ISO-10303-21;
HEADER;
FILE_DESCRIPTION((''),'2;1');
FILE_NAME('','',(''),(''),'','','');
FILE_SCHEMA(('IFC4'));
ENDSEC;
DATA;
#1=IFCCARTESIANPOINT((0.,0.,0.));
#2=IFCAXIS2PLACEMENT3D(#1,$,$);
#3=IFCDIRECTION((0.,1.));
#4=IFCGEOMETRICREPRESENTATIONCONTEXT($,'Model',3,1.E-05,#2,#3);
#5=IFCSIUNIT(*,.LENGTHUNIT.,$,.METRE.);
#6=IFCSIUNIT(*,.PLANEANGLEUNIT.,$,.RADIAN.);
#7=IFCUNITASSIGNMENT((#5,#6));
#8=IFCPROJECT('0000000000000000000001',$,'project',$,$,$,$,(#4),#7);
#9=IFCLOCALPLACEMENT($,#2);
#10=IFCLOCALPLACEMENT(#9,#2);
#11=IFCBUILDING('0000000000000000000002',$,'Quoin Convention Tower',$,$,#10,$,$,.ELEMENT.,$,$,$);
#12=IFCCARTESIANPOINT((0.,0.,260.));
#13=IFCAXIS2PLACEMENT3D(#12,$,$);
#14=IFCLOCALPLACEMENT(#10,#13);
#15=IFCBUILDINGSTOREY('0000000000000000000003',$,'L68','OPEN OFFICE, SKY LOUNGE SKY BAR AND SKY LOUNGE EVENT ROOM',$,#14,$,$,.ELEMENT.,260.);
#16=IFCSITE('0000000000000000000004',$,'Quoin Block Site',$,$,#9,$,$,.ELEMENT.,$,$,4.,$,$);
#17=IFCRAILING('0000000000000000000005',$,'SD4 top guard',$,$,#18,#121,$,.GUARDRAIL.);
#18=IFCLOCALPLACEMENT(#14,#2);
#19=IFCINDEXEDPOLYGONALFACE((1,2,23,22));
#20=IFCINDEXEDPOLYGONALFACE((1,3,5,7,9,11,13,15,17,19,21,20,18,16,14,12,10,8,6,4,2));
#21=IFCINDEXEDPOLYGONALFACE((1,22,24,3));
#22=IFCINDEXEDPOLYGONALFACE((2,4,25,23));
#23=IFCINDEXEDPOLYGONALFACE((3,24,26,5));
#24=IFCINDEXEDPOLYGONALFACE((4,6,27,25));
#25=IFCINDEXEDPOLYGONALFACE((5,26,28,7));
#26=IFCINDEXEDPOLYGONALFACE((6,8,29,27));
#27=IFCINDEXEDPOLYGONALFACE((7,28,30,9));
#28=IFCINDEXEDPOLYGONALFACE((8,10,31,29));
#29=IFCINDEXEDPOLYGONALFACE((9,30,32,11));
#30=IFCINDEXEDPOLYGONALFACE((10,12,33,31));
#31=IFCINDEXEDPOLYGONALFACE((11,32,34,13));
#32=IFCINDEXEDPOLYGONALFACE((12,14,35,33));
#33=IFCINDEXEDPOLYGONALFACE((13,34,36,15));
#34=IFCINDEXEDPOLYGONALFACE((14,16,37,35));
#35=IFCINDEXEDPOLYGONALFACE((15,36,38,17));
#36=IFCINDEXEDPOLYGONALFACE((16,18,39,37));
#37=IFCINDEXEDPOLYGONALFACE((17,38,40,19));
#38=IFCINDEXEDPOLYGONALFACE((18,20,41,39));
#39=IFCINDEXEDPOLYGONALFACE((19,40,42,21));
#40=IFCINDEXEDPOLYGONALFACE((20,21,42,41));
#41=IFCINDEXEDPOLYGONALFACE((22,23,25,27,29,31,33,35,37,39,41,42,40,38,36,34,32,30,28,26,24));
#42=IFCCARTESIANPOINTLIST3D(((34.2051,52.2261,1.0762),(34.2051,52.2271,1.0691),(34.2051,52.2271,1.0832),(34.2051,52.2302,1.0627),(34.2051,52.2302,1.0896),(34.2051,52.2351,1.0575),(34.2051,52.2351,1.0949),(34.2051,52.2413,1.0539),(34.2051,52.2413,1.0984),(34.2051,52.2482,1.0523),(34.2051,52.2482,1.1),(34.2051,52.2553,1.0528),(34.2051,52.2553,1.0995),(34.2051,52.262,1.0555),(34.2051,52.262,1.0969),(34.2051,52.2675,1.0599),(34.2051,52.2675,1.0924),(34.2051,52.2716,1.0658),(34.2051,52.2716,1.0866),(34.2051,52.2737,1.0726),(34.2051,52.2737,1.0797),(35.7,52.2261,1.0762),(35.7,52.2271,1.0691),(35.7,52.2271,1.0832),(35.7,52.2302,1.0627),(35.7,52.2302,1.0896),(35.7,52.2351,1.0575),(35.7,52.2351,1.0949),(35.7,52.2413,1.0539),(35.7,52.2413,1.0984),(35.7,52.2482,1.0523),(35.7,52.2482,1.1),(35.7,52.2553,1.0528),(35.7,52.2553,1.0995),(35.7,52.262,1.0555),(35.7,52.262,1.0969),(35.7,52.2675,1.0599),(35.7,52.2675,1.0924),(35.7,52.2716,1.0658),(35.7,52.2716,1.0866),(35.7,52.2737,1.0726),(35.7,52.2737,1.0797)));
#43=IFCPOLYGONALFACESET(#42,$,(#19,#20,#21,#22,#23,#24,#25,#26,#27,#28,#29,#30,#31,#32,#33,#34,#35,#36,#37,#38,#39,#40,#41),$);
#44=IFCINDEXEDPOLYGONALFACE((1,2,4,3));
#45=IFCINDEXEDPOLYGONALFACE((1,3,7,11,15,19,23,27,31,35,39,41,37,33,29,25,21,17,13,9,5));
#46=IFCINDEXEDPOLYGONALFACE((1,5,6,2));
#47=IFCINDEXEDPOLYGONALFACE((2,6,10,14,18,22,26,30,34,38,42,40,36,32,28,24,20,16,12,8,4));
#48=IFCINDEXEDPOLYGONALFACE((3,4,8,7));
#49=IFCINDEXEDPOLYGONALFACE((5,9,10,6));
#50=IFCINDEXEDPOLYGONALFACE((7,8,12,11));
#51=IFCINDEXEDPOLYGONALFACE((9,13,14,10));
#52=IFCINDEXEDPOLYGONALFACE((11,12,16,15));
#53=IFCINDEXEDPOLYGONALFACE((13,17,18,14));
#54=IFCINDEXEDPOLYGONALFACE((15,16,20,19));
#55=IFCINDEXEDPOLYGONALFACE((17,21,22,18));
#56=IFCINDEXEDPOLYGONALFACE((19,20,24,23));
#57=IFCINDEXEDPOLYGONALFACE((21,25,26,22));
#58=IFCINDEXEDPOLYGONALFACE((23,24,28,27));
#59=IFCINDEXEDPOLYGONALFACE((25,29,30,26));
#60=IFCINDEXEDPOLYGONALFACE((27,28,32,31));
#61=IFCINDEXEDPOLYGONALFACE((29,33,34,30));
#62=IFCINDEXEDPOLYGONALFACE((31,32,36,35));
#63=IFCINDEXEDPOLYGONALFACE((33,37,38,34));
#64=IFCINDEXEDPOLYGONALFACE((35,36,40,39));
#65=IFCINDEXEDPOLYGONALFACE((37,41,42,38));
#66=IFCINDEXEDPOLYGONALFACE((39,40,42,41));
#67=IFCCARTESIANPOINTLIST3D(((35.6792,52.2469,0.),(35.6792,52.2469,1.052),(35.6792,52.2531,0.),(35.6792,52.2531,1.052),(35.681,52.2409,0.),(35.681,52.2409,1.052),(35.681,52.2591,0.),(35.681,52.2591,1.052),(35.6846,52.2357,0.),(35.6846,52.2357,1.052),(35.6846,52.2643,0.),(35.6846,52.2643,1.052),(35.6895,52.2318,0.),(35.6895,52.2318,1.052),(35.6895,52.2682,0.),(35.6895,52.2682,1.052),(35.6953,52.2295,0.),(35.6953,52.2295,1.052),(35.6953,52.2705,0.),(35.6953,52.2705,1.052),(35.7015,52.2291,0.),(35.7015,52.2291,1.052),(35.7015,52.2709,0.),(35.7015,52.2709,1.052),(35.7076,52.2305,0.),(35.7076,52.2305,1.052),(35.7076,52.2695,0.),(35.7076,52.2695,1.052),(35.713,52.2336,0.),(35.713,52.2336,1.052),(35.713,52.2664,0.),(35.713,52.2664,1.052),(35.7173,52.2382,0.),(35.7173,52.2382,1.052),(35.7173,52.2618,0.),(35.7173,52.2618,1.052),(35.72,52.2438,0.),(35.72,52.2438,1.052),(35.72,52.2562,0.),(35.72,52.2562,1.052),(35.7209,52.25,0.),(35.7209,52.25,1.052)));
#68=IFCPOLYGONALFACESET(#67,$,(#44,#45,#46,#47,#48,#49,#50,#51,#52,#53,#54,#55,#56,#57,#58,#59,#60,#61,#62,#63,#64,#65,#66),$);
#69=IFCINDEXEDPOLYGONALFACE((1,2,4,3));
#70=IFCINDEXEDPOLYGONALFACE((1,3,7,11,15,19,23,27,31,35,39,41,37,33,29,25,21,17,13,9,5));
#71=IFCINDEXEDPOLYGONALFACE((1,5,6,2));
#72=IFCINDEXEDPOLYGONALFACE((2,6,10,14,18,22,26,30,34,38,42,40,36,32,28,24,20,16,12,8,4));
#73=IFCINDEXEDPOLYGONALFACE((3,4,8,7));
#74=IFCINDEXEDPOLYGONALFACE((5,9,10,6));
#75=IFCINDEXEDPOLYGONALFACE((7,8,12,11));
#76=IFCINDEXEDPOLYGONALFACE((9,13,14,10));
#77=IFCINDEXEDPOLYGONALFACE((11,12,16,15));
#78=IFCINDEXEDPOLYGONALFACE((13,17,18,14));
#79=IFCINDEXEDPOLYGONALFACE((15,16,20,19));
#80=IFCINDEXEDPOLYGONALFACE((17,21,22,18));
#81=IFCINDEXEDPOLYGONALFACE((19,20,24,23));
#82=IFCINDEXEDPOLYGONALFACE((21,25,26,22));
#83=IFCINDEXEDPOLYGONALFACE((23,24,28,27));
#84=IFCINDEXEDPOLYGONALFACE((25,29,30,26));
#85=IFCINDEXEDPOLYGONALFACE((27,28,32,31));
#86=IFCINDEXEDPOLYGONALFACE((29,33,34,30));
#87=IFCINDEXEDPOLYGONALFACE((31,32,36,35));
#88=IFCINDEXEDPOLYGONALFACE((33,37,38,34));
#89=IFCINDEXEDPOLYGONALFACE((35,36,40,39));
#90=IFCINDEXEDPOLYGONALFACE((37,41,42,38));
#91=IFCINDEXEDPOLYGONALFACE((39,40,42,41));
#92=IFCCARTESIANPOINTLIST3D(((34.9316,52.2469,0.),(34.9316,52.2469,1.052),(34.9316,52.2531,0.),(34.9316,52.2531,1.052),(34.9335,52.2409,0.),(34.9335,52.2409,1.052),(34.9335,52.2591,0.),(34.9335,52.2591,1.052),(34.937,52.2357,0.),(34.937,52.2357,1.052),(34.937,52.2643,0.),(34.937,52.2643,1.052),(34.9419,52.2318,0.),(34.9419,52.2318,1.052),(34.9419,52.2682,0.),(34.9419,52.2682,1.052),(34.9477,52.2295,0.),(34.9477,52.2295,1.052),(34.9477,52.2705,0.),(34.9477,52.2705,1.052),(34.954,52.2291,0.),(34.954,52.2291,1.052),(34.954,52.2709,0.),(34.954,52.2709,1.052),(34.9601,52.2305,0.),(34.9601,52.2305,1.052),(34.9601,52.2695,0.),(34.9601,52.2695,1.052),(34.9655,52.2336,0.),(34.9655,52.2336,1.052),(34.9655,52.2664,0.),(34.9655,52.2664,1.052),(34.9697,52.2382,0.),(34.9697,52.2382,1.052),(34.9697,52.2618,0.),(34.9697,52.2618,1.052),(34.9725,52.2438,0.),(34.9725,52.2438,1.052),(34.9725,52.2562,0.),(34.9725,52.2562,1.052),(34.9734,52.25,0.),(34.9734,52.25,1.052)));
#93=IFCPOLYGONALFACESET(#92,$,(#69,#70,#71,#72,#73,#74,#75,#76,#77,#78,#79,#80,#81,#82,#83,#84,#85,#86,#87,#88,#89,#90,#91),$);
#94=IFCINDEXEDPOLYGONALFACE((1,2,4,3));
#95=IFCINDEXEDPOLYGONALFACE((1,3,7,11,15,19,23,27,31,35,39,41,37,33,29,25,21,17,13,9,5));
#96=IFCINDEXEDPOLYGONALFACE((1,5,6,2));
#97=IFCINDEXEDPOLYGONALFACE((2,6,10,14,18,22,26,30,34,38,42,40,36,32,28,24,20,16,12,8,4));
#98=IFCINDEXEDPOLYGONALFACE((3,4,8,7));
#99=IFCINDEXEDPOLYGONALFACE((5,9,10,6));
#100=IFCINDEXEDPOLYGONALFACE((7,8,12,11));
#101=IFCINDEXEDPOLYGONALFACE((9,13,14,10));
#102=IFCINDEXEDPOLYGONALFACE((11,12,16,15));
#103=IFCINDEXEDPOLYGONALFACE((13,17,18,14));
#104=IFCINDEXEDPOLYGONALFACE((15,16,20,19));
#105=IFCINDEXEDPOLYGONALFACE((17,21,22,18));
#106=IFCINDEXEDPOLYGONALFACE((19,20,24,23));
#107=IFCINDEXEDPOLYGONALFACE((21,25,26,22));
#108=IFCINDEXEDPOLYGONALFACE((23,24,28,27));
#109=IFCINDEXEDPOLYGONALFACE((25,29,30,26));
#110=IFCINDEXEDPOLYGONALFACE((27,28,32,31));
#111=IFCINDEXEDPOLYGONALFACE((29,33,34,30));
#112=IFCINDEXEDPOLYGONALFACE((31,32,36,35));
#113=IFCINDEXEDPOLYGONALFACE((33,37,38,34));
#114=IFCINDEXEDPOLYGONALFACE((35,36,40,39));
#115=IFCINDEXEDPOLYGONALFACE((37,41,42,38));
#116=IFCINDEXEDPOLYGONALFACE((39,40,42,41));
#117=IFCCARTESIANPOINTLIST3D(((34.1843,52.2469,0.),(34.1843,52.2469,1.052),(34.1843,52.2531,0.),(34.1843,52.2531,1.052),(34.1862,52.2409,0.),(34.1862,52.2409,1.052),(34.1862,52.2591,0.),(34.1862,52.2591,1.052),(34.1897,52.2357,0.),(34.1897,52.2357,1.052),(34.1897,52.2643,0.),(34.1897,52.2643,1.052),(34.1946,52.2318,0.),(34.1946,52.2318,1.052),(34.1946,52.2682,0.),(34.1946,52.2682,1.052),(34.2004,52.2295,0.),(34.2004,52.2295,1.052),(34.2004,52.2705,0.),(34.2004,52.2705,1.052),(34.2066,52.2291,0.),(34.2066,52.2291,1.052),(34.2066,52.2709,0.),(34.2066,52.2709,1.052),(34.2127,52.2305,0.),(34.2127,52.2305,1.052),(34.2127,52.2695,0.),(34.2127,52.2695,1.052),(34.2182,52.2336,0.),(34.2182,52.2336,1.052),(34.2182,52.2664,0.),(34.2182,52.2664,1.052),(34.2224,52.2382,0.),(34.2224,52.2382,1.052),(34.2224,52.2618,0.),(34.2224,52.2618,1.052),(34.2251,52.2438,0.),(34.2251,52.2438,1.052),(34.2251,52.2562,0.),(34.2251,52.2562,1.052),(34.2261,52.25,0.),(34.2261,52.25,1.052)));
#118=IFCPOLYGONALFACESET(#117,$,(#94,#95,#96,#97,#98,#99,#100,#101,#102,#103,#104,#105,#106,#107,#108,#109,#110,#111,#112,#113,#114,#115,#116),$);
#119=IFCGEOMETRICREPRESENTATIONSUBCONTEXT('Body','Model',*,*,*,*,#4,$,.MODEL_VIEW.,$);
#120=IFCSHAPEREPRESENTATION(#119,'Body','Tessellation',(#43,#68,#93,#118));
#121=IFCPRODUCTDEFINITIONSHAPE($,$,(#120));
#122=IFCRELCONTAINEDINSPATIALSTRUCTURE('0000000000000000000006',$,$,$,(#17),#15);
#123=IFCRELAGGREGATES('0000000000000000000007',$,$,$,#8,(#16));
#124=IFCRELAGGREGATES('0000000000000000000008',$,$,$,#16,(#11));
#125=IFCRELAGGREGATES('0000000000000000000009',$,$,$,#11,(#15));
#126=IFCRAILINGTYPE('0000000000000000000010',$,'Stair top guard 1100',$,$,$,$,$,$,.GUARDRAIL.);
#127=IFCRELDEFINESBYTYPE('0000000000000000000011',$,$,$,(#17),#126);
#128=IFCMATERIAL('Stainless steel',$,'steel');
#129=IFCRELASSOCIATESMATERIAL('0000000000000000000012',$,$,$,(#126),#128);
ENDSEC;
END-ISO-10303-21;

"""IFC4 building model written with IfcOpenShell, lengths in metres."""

from ifc_helpers import new_model, si_unit, direction, frame, origin, origin_2d, place, context, subcontext, project, spatial, circle, extrude, material, type_object, element, save


model = new_model("IFC4")

# Units and contexts
model_context = context("Model", 3, precision=1e-05, world=origin(), true_north=direction((0.0, 1.0)))
body_context = subcontext(model_context, "Body", "Model", "MODEL_VIEW")
ifc_project = project(units=[si_unit("LENGTHUNIT", "METRE"), si_unit("PLANEANGLEUNIT", "RADIAN")], contexts=[model_context])

# Site, building, storey
site_placement = place(None, origin())
site = spatial("IfcSite", under=ifc_project, at=site_placement, Name="Quoin Block Site", CompositionType="ELEMENT", RefElevation=4.0)
building_placement = place(site_placement, origin())
building = spatial("IfcBuilding", under=site, at=building_placement, Name="Quoin Convention Tower", CompositionType="ELEMENT")
storey_placement = place(building_placement, frame((0.0, 0.0, 260.0)))
storey = spatial("IfcBuildingStorey", under=building, at=storey_placement, Name="L68", Description="OPEN OFFICE, SKY LOUNGE SKY BAR AND SKY LOUNGE EVENT ROOM", CompositionType="ELEMENT", Elevation=260.0)

# Railing
ifc_material_1 = material(Name="Stainless steel", Category="steel")
railing_type = type_object("IfcRailingType", Name="Stair top guard 1100", PredefinedType="GUARDRAIL", material=ifc_material_1)
railing_1_placement = place(storey_placement, frame((35.7, 52.25, 0.0)))
element("IfcRailing", 1, at=railing_1_placement, inside=storey, type_object=railing_type, Name="SD4 top guard", PredefinedType="GUARDRAIL", context=body_context, shape_type="SweptSolid", body=[
    extrude(circle(Radius=0.0239, at=origin_2d()), frame((0.0, 0.0, 1.0762), z_axis=(-1.0, 0.0, 0.0), x_axis=(0.0, -1.0, 0.0)), (0.0, 0.0, 1.0), 1.4949),
    extrude(circle(Radius=0.021, at=origin_2d()), origin(), (0.0, 0.0, 1.0), 1.052),
    extrude(circle(Radius=0.021, at=origin_2d()), frame((-0.7476, 0.0, 0.0)), (0.0, 0.0, 1.0), 1.052),
    extrude(circle(Radius=0.021, at=origin_2d()), frame((-1.4949, 0.0, 0.0)), (0.0, 0.0, 1.0), 1.052),
])

save(model, "model.ifc")
